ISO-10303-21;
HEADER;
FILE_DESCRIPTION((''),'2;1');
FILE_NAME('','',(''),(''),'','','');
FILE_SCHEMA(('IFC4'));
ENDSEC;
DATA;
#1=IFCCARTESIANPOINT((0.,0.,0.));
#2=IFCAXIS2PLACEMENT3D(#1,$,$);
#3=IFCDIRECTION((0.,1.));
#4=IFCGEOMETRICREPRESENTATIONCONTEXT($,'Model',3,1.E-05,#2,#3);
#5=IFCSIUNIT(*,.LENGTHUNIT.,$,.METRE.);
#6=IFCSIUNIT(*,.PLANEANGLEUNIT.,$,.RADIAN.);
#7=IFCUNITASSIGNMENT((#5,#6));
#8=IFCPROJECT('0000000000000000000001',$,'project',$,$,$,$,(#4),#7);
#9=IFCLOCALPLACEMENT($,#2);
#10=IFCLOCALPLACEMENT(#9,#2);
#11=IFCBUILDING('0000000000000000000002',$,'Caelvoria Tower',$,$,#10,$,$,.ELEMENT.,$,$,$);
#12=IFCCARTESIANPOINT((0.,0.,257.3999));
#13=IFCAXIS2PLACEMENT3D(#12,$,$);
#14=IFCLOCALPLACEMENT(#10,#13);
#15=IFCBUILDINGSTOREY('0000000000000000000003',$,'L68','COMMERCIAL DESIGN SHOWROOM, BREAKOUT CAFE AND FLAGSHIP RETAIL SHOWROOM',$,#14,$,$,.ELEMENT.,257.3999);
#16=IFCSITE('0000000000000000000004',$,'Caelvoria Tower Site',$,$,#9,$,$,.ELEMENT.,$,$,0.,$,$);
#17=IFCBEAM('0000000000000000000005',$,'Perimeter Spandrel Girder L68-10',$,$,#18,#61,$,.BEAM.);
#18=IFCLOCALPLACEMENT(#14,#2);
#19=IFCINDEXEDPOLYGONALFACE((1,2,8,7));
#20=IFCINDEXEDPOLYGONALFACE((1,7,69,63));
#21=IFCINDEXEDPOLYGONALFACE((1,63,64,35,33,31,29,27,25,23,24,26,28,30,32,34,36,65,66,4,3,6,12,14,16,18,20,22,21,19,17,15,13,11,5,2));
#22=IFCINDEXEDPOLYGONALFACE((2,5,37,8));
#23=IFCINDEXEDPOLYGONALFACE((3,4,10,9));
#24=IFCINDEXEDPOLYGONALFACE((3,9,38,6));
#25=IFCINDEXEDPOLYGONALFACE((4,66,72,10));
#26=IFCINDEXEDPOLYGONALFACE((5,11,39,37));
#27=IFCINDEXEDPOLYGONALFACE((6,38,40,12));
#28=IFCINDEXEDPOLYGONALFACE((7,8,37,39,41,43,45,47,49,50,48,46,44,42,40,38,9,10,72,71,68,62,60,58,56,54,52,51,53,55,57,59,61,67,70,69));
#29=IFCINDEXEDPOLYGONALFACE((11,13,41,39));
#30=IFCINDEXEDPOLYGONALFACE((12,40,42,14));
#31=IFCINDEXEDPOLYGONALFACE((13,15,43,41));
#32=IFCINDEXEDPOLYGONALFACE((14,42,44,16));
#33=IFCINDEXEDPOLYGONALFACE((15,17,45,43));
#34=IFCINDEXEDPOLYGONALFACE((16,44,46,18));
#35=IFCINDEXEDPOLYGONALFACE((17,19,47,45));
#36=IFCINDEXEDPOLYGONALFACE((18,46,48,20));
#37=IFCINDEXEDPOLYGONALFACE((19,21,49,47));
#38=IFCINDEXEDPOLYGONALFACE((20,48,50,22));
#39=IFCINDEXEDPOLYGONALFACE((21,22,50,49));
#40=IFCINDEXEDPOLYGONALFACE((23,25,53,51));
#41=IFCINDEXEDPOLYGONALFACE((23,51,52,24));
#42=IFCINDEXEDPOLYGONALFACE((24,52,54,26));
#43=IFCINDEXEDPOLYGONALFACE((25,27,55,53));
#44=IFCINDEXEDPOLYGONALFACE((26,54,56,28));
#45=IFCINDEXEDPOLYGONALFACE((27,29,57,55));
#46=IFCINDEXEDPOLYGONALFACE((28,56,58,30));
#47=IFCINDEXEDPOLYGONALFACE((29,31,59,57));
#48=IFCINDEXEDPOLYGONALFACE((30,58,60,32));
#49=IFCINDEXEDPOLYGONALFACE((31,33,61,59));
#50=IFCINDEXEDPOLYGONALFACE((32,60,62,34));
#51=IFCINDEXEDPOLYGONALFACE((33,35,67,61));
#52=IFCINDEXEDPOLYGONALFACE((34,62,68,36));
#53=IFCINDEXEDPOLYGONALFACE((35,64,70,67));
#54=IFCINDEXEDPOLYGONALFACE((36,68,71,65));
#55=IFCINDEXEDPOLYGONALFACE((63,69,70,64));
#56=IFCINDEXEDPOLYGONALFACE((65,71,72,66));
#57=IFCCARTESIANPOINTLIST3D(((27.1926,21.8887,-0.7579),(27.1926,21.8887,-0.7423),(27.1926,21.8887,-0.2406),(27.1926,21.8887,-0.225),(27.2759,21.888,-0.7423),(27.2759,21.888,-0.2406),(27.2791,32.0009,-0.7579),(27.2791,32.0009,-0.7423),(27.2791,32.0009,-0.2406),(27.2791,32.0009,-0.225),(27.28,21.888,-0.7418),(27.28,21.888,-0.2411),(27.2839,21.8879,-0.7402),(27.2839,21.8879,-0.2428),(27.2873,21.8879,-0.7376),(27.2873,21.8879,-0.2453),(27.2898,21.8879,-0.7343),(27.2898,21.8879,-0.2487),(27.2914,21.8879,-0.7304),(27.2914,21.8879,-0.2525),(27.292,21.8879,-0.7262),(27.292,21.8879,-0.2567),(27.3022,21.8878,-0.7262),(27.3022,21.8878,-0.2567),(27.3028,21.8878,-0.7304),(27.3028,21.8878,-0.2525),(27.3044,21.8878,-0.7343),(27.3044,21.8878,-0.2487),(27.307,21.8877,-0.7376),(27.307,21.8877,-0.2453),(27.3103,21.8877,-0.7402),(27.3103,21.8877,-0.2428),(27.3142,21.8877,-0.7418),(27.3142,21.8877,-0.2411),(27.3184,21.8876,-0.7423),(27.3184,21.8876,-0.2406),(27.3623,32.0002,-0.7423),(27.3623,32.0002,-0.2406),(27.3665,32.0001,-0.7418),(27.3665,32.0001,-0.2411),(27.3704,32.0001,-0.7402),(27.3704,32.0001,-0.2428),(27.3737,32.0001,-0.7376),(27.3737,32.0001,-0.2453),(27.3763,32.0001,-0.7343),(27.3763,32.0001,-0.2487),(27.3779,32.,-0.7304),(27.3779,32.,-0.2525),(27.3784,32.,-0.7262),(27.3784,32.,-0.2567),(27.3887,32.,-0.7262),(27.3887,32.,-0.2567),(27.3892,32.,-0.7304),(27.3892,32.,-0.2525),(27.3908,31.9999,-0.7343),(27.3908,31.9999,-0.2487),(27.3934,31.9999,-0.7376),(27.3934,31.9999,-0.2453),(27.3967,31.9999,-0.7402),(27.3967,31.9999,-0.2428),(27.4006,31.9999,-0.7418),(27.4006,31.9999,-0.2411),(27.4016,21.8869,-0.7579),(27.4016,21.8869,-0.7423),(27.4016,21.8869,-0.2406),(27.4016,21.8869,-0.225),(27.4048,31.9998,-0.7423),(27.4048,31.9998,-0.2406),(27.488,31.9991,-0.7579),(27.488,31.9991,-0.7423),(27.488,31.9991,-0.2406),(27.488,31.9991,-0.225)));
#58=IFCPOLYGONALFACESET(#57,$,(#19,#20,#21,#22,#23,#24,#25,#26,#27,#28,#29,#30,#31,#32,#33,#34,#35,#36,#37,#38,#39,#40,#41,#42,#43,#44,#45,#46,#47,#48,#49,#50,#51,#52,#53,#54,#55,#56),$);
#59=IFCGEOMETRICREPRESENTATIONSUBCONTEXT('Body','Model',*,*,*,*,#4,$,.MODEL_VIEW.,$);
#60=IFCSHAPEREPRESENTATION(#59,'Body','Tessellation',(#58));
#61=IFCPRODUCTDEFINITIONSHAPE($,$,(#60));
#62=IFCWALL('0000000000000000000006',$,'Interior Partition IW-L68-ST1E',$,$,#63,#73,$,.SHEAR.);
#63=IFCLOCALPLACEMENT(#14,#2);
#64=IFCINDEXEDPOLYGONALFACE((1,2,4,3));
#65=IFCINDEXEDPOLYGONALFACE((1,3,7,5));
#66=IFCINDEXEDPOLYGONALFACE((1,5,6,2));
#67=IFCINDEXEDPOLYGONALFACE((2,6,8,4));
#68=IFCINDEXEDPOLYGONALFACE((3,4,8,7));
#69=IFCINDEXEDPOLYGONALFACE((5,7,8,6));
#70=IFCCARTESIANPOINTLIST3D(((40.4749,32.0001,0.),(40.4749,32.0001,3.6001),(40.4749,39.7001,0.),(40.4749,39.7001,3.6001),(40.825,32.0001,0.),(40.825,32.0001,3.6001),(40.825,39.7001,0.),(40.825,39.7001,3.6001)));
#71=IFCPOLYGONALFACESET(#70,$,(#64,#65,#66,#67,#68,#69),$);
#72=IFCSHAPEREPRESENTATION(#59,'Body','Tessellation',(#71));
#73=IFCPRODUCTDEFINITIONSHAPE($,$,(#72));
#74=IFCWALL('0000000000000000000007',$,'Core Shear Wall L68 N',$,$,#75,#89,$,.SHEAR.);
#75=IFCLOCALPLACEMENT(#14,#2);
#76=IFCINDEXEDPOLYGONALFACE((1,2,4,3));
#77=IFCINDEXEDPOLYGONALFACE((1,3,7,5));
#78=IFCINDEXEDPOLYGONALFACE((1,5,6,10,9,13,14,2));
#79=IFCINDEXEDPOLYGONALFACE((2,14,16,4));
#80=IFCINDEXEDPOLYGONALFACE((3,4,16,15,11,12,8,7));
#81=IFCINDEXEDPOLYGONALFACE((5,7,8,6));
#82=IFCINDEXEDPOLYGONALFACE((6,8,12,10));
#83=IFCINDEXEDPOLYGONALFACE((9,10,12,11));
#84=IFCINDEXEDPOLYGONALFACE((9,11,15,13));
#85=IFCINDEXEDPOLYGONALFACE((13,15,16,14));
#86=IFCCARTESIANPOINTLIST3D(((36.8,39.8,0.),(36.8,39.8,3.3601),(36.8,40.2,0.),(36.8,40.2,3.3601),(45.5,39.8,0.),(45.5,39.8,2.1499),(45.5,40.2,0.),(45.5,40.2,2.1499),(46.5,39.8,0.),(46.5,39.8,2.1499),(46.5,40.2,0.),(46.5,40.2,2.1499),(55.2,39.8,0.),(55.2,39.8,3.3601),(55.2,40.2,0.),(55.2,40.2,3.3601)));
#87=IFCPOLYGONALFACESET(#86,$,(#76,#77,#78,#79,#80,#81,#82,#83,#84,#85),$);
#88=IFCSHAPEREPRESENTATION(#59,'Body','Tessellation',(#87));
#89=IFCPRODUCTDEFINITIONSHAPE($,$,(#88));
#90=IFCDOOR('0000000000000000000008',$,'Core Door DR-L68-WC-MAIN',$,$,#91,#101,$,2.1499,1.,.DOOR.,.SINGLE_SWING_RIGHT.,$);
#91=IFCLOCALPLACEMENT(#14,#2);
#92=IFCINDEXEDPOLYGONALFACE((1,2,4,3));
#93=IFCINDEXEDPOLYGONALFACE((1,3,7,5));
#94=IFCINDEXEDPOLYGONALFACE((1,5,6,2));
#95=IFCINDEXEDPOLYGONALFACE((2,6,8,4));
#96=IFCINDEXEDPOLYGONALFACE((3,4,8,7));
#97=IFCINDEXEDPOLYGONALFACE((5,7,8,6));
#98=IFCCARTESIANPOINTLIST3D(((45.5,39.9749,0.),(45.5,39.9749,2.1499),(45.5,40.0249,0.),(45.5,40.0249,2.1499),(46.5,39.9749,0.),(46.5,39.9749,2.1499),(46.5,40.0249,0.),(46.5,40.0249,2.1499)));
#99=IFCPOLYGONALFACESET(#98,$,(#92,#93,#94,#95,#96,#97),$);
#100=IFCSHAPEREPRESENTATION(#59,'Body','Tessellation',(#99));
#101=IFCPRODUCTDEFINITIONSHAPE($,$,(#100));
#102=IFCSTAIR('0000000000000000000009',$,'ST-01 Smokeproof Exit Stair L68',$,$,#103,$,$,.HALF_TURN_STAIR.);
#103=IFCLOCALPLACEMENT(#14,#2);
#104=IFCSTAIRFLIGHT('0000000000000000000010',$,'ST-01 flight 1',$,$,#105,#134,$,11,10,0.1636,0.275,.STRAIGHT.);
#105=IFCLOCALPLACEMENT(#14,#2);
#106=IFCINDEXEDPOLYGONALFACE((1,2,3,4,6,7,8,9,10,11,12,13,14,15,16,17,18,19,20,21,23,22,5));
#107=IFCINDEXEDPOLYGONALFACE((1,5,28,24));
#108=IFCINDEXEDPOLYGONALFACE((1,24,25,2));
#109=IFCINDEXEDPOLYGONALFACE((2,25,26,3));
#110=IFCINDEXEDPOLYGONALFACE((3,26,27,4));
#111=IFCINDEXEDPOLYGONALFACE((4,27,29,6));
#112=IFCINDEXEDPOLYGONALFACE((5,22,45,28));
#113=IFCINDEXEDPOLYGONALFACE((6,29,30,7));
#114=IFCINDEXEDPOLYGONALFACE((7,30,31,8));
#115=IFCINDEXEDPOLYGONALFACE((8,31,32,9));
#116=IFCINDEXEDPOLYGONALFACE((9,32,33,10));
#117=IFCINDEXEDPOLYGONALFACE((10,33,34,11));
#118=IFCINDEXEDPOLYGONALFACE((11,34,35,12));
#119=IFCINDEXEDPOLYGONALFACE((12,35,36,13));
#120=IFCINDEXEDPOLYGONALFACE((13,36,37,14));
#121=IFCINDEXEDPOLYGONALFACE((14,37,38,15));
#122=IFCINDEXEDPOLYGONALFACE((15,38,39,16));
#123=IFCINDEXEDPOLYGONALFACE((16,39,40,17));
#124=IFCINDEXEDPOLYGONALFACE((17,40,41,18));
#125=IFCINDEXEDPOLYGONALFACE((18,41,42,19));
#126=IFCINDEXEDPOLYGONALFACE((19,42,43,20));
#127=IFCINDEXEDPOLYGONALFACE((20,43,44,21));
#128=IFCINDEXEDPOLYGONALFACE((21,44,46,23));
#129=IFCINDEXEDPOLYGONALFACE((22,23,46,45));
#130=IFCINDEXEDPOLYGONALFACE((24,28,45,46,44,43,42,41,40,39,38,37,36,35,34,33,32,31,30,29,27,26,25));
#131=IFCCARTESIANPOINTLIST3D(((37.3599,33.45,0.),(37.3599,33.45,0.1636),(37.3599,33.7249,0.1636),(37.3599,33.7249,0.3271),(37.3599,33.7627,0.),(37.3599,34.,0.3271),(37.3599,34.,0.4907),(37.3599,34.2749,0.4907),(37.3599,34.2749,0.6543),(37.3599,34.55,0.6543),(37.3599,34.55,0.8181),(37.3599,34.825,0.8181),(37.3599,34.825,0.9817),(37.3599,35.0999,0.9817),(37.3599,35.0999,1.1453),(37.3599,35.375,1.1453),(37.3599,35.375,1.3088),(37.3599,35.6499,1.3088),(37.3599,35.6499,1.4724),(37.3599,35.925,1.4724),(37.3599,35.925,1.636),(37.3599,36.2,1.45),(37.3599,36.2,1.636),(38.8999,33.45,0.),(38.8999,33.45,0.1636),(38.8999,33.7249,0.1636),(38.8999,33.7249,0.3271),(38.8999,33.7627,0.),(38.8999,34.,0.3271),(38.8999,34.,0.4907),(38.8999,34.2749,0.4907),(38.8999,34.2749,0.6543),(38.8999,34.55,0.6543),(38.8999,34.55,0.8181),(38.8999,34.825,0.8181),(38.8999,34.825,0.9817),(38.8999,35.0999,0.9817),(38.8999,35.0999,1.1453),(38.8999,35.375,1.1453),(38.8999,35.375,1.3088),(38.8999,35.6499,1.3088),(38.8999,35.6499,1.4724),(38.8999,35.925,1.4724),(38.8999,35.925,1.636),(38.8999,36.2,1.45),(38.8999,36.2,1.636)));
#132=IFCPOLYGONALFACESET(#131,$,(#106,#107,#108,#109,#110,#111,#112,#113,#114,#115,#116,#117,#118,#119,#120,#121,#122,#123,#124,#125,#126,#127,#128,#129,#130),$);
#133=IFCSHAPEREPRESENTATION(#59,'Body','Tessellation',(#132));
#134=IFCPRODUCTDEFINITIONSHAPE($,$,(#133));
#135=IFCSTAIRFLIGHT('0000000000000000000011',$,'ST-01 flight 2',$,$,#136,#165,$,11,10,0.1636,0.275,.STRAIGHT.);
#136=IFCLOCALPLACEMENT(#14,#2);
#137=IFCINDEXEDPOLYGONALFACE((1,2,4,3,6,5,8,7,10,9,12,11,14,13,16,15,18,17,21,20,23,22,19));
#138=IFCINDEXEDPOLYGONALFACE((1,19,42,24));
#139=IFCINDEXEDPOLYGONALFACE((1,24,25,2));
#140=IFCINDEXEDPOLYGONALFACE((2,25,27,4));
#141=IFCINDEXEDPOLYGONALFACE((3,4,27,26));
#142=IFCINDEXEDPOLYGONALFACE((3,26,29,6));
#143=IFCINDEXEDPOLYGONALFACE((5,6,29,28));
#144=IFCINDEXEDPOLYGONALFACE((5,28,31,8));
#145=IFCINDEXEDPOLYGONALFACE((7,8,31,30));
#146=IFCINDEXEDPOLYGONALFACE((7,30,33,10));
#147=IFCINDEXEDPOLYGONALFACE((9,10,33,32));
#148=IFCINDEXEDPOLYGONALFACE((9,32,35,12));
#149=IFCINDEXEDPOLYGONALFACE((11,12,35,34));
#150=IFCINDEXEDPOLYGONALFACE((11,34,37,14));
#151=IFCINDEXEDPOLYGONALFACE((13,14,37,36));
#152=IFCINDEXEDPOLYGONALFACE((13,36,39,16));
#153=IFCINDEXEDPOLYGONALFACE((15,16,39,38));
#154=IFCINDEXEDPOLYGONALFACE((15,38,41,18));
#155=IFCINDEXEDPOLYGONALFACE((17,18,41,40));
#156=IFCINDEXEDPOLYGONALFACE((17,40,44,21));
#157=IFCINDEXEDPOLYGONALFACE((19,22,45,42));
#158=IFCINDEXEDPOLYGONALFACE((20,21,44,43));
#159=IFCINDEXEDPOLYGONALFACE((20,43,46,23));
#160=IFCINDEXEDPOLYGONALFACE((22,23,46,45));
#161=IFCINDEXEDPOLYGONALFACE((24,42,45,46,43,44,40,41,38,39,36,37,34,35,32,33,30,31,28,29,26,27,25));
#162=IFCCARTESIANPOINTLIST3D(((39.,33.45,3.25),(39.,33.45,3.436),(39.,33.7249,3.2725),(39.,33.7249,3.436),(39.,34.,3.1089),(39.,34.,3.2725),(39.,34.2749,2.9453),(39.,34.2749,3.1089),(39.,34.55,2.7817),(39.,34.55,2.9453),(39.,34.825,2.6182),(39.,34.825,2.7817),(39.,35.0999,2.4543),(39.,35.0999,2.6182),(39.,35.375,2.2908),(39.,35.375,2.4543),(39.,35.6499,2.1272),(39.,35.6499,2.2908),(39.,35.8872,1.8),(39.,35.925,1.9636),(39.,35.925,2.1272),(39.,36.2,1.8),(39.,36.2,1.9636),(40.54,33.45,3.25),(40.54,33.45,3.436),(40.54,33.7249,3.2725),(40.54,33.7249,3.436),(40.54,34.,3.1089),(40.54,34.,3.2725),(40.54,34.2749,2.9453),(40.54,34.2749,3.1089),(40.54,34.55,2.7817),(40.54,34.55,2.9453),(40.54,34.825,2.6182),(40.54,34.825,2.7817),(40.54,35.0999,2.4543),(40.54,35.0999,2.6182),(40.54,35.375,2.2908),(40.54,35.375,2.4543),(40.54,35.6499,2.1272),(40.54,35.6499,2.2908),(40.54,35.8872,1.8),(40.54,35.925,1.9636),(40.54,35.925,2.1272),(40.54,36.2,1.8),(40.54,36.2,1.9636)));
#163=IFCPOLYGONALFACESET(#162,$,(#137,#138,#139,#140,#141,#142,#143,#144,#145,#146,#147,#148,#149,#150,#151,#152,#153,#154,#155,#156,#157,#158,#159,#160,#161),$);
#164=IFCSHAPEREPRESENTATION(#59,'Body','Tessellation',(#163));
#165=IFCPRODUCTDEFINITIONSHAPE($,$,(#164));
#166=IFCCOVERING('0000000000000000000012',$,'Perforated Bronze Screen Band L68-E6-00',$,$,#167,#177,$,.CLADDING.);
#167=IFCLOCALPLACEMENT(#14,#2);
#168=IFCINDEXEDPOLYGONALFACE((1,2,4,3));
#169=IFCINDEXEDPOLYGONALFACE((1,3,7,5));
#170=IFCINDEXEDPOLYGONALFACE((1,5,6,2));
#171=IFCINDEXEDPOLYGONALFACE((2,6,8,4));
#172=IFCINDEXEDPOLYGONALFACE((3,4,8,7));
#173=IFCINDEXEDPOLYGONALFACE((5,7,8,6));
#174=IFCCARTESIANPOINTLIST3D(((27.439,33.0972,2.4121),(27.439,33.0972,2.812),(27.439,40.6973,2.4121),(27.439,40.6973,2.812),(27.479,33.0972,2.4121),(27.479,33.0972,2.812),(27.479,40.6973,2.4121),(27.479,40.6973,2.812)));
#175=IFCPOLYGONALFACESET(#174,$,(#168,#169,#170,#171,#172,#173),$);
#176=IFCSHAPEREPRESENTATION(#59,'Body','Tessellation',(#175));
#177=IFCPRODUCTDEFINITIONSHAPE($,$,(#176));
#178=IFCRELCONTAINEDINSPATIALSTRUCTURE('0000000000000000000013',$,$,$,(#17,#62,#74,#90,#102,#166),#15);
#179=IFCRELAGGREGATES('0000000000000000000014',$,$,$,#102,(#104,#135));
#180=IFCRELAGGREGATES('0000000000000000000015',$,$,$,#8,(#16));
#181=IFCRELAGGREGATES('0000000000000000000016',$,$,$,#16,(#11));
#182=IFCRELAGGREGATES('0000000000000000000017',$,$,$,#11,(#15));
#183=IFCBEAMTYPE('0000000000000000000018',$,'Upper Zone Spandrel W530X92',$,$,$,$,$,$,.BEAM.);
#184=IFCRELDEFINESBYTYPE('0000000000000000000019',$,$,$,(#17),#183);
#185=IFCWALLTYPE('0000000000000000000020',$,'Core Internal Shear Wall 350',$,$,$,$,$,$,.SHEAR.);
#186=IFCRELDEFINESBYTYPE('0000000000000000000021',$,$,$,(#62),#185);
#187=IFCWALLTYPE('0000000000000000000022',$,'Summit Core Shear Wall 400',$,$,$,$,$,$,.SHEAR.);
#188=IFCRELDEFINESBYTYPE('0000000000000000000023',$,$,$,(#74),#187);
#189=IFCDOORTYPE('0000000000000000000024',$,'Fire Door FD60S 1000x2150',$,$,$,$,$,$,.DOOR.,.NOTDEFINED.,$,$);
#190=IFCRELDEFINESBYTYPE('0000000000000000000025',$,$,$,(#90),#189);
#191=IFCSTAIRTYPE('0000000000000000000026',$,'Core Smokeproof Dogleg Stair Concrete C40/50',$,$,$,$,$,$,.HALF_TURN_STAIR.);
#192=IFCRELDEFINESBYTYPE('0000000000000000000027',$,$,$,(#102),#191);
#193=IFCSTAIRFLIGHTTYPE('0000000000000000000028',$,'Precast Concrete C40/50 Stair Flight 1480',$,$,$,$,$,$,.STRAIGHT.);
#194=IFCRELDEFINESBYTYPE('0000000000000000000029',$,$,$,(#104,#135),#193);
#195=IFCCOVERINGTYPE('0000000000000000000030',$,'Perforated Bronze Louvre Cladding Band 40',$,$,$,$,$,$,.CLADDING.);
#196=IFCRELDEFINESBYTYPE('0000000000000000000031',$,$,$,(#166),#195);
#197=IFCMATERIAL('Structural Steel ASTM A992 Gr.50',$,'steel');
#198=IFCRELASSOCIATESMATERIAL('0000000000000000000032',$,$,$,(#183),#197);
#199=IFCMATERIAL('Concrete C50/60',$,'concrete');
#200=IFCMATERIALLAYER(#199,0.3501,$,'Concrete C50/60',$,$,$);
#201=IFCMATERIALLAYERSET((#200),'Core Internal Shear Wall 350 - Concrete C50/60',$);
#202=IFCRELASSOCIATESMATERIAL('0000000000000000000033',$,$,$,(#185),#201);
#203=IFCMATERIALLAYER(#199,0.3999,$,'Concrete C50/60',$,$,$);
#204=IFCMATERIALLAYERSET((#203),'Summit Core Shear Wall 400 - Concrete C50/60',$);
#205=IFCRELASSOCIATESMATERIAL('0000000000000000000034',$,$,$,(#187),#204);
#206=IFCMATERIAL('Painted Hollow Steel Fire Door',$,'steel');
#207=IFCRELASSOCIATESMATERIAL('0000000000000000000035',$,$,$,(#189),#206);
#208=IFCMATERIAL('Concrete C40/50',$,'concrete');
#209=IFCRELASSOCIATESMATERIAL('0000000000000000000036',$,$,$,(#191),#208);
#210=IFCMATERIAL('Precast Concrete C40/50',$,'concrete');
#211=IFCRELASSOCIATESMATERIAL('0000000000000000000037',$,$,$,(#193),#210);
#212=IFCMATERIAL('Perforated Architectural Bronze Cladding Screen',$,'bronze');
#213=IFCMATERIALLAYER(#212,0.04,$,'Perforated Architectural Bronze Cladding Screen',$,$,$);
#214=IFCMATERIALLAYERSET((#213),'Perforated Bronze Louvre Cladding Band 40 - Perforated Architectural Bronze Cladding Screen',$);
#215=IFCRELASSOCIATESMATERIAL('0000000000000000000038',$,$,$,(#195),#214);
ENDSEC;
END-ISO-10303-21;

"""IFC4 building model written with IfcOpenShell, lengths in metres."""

from ifc_helpers import new_model, si_unit, direction, frame, frame_2d, origin, origin_2d, place, context, subcontext, project, spatial, polyline, rectangle, i_section, outline, extrude, material, layer, layer_set, material_profile, profile_set, type_object, element, fill, aggregate, save


model = new_model("IFC4")

# Units and contexts
model_context = context("Model", 3, precision=1e-05, world=origin(), true_north=direction((0.0, 1.0)))
body_context = subcontext(model_context, "Body", "Model", "MODEL_VIEW")
ifc_project = project(units=[si_unit("LENGTHUNIT", "METRE"), si_unit("PLANEANGLEUNIT", "RADIAN")], contexts=[model_context])

# Site, building, storey
site_placement = place(None, origin())
site = spatial("IfcSite", under=ifc_project, at=site_placement, Name="Caelvoria Tower Site", CompositionType="ELEMENT", RefElevation=0.0)
building_placement = place(site_placement, origin())
building = spatial("IfcBuilding", under=site, at=building_placement, Name="Caelvoria Tower", CompositionType="ELEMENT")
storey_placement = place(building_placement, frame((0.0, 0.0, 257.3999)))
storey = spatial("IfcBuildingStorey", under=building, at=storey_placement, Name="L68", Description="COMMERCIAL DESIGN SHOWROOM, BREAKOUT CAFE AND FLAGSHIP RETAIL SHOWROOM", CompositionType="ELEMENT", Elevation=257.3999)

# Shared definitions
ifc_material_1 = material(Name="Structural Steel ASTM A992 Gr.50", Category="steel")

# Beam
ifc_material_profile_1 = material_profile(ifc_material_1, i_section(OverallWidth=0.209, OverallDepth=0.533, WebThickness=0.0103, FlangeThickness=0.0156, FilletRadius=0.0161, at=origin_2d()), Name="Structural Steel ASTM A992 Gr.50")
ifc_profile_set_1 = profile_set([ifc_material_profile_1], Name="W530X92 - Structural Steel ASTM A992 Gr.50")
beam_type_1 = type_object("IfcBeamType", Name="Upper Zone Spandrel W530X92", PredefinedType="BEAM", material=ifc_profile_set_1)
beam_1_placement = place(storey_placement, frame((27.3835, 32.0, -0.4915), z_axis=(-0.008546, -0.999963, 0.0), x_axis=(0.999963, -0.008546, 0.0)))
element("IfcBeam", 1, at=beam_1_placement, inside=storey, type_object=beam_type_1, Name="Perimeter Spandrel Girder L68-10", PredefinedType="BEAM", context=body_context, shape_type="SweptSolid", body=[
    extrude(i_section(OverallWidth=0.209, OverallDepth=0.533, WebThickness=0.0103, FlangeThickness=0.0156, FilletRadius=0.0161, at=origin_2d()), origin(), (0.0, 0.0, 1.0), 10.1125),
])

# Shared definitions
ifc_material_2 = material(Name="Concrete C50/60", Category="concrete")
ifc_layer_1 = layer(ifc_material_2, 0.3501, Name="Concrete C50/60")
ifc_layer_set_1 = layer_set([ifc_layer_1], Name="Core Internal Shear Wall 350 - Concrete C50/60")
wall_type_1 = type_object("IfcWallType", Name="Core Internal Shear Wall 350", PredefinedType="SHEAR", material=ifc_layer_set_1)
ifc_material_3 = material(Name="Painted Hollow Steel Fire Door", Category="steel")

# Wall
wall_1_placement = place(storey_placement, frame((40.6499, 32.0, 0.0), z_axis=(0.0, 0.0, 1.0), x_axis=(0.0, 1.0, 0.0)))
element("IfcWall", 2, at=wall_1_placement, inside=storey, type_object=wall_type_1, Name="Interior Partition IW-L68-ST1E", PredefinedType="SHEAR", context=body_context, shape_type="SweptSolid", body=[
    extrude(rectangle(XDim=7.7, YDim=0.3501, at=frame_2d((3.8501, 0.0))), origin(), (0.0, 0.0, 1.0), 3.6001),
])

# Wall, opening, door
ifc_layer_2 = layer(ifc_material_2, 0.3999, Name="Concrete C50/60")
ifc_layer_set_2 = layer_set([ifc_layer_2], Name="Summit Core Shear Wall 400 - Concrete C50/60")
wall_type_2 = type_object("IfcWallType", Name="Summit Core Shear Wall 400", PredefinedType="SHEAR", material=ifc_layer_set_2)
wall_2_placement = place(storey_placement, frame((36.8, 40.0, 0.0), z_axis=(0.0, 0.0, 1.0), x_axis=(1.0, 0.0, 0.0)))
wall_2 = element("IfcWall", 3, at=wall_2_placement, inside=storey, type_object=wall_type_2, Name="Core Shear Wall L68 N", PredefinedType="SHEAR", context=body_context, shape_type="SweptSolid", body=[
    extrude(rectangle(XDim=18.3999, YDim=0.3999, at=frame_2d((9.2, 0.0))), origin(), (0.0, 0.0, 1.0), 3.3601),
])
opening_1_placement = place(wall_2_placement, frame((8.7, 0.0, 0.0)))
opening_1 = element("IfcOpeningElement", 4, at=opening_1_placement, cuts=wall_2, PredefinedType="OPENING", context=body_context, shape_type="SweptSolid", body=[
    extrude(rectangle(XDim=1.0, YDim=2.1499, at=frame_2d((0.5, 1.075))), frame((0.0, 0.21, 0.0), z_axis=(0.0, -1.0, 0.0), x_axis=(1.0, 0.0, 0.0)), (0.0, 0.0, 1.0), 0.4199),
])
door_type_1 = type_object("IfcDoorType", Name="Fire Door FD60S 1000x2150", OperationType="NOTDEFINED", PredefinedType="DOOR", material=ifc_material_3)
door_1_placement = place(opening_1_placement, origin())
door_1 = element("IfcDoor", 5, at=door_1_placement, inside=storey, type_object=door_type_1, Name="Core Door DR-L68-WC-MAIN", OperationType="SINGLE_SWING_RIGHT", OverallHeight=2.1499, OverallWidth=1.0, PredefinedType="DOOR", context=body_context, shape_type="SweptSolid", body=[
    extrude(rectangle(XDim=1.0, YDim=2.1499, at=frame_2d((0.5, 1.075))), frame((0.0, 0.0249, 0.0), z_axis=(0.0, -1.0, 0.0), x_axis=(1.0, 0.0, 0.0)), (0.0, 0.0, 1.0), 0.05),
])
fill(opening_1, door_1)

# Stair, stair flights
ifc_material_4 = material(Name="Concrete C40/50", Category="concrete")
stair_type = type_object("IfcStairType", Name="Core Smokeproof Dogleg Stair Concrete C40/50", PredefinedType="HALF_TURN_STAIR", material=ifc_material_4)
stair_placement = place(storey_placement, origin())
stair = element("IfcStair", 6, at=stair_placement, inside=storey, type_object=stair_type, Name="ST-01 Smokeproof Exit Stair L68", PredefinedType="HALF_TURN_STAIR")
ifc_material_5 = material(Name="Precast Concrete C40/50", Category="concrete")
stair_flight_type = type_object("IfcStairFlightType", Name="Precast Concrete C40/50 Stair Flight 1480", PredefinedType="STRAIGHT", material=ifc_material_5)
stair_flight_1_placement = place(storey_placement, frame((38.1299, 33.45, 0.0), z_axis=(0.0, 0.0, 1.0), x_axis=(0.0, 1.0, 0.0)))
stair_flight_1 = element("IfcStairFlight", 7, at=stair_flight_1_placement, type_object=stair_flight_type, Name="ST-01 flight 1", NumberOfRisers=11, NumberOfTreads=10, PredefinedType="STRAIGHT", RiserHeight=0.1636, TreadLength=0.275, context=body_context, shape_type="SweptSolid", body=[
    extrude(outline(polyline([(0.0, 0.0), (0.0, 0.1636), (0.2749, 0.1636), (0.2749, 0.3271), (0.55, 0.3271), (0.55, 0.4907), (0.825, 0.4907), (0.825, 0.6543), (1.1001, 0.6543), (1.1001, 0.8181), (1.375, 0.8181), (1.375, 0.9817), (1.6499, 0.9817), (1.6499, 1.1453), (1.925, 1.1453), (1.925, 1.3088), (2.2, 1.3088), (2.2, 1.4724), (2.4751, 1.4724), (2.4751, 1.636), (2.75, 1.636), (2.75, 1.7996), (2.75, 1.45), (0.3127, 0.0), (0.0, 0.0)])), frame((0.0, 0.77, 0.0), z_axis=(0.0, -1.0, 0.0), x_axis=(1.0, 0.0, 0.0)), (0.0, 0.0, 1.0), 1.54),
])
stair_flight_2_placement = place(storey_placement, frame((39.77, 36.2, 1.8), z_axis=(0.0, 0.0, 1.0), x_axis=(0.0, -1.0, 0.0)))
stair_flight_2 = element("IfcStairFlight", 8, at=stair_flight_2_placement, type_object=stair_flight_type, Name="ST-01 flight 2", NumberOfRisers=11, NumberOfTreads=10, PredefinedType="STRAIGHT", RiserHeight=0.1636, TreadLength=0.275, context=body_context, shape_type="SweptSolid", body=[
    extrude(outline(polyline([(0.0, 0.0), (0.0, 0.1636), (0.2749, 0.1636), (0.2749, 0.3271), (0.55, 0.3271), (0.55, 0.4907), (0.825, 0.4907), (0.825, 0.6543), (1.1001, 0.6543), (1.1001, 0.8181), (1.375, 0.8181), (1.375, 0.9817), (1.6499, 0.9817), (1.6499, 1.1453), (1.925, 1.1453), (1.925, 1.3088), (2.2, 1.3088), (2.2, 1.4724), (2.4751, 1.4724), (2.4751, 1.636), (2.75, 1.636), (2.75, 1.7996), (2.75, 1.45), (0.3127, 0.0), (0.0, 0.0)])), frame((0.0, 0.77, 0.0), z_axis=(0.0, -1.0, 0.0), x_axis=(1.0, 0.0, 0.0)), (0.0, 0.0, 1.0), 1.54),
])
aggregate(stair, [stair_flight_1, stair_flight_2])

# Covering
ifc_material_6 = material(Name="Perforated Architectural Bronze Cladding Screen", Category="bronze")
ifc_layer_3 = layer(ifc_material_6, 0.04, Name="Perforated Architectural Bronze Cladding Screen")
ifc_layer_set_3 = layer_set([ifc_layer_3], Name="Perforated Bronze Louvre Cladding Band 40 - Perforated Architectural Bronze Cladding Screen")
covering_type = type_object("IfcCoveringType", Name="Perforated Bronze Louvre Cladding Band 40", PredefinedType="CLADDING", material=ifc_layer_set_3)
covering_placement = place(storey_placement, frame((27.459, 36.8972, 2.4121), z_axis=(0.0, 0.0, 1.0), x_axis=(0.0, -1.0, 0.0)))
element("IfcCovering", 9, at=covering_placement, inside=storey, type_object=covering_type, Name="Perforated Bronze Screen Band L68-E6-00", PredefinedType="CLADDING", context=body_context, shape_type="SweptSolid", body=[
    extrude(rectangle(XDim=7.6001, YDim=0.04, at=origin_2d()), origin(), (0.0, 0.0, 1.0), 0.3999),
])

save(model, "model.ifc")
